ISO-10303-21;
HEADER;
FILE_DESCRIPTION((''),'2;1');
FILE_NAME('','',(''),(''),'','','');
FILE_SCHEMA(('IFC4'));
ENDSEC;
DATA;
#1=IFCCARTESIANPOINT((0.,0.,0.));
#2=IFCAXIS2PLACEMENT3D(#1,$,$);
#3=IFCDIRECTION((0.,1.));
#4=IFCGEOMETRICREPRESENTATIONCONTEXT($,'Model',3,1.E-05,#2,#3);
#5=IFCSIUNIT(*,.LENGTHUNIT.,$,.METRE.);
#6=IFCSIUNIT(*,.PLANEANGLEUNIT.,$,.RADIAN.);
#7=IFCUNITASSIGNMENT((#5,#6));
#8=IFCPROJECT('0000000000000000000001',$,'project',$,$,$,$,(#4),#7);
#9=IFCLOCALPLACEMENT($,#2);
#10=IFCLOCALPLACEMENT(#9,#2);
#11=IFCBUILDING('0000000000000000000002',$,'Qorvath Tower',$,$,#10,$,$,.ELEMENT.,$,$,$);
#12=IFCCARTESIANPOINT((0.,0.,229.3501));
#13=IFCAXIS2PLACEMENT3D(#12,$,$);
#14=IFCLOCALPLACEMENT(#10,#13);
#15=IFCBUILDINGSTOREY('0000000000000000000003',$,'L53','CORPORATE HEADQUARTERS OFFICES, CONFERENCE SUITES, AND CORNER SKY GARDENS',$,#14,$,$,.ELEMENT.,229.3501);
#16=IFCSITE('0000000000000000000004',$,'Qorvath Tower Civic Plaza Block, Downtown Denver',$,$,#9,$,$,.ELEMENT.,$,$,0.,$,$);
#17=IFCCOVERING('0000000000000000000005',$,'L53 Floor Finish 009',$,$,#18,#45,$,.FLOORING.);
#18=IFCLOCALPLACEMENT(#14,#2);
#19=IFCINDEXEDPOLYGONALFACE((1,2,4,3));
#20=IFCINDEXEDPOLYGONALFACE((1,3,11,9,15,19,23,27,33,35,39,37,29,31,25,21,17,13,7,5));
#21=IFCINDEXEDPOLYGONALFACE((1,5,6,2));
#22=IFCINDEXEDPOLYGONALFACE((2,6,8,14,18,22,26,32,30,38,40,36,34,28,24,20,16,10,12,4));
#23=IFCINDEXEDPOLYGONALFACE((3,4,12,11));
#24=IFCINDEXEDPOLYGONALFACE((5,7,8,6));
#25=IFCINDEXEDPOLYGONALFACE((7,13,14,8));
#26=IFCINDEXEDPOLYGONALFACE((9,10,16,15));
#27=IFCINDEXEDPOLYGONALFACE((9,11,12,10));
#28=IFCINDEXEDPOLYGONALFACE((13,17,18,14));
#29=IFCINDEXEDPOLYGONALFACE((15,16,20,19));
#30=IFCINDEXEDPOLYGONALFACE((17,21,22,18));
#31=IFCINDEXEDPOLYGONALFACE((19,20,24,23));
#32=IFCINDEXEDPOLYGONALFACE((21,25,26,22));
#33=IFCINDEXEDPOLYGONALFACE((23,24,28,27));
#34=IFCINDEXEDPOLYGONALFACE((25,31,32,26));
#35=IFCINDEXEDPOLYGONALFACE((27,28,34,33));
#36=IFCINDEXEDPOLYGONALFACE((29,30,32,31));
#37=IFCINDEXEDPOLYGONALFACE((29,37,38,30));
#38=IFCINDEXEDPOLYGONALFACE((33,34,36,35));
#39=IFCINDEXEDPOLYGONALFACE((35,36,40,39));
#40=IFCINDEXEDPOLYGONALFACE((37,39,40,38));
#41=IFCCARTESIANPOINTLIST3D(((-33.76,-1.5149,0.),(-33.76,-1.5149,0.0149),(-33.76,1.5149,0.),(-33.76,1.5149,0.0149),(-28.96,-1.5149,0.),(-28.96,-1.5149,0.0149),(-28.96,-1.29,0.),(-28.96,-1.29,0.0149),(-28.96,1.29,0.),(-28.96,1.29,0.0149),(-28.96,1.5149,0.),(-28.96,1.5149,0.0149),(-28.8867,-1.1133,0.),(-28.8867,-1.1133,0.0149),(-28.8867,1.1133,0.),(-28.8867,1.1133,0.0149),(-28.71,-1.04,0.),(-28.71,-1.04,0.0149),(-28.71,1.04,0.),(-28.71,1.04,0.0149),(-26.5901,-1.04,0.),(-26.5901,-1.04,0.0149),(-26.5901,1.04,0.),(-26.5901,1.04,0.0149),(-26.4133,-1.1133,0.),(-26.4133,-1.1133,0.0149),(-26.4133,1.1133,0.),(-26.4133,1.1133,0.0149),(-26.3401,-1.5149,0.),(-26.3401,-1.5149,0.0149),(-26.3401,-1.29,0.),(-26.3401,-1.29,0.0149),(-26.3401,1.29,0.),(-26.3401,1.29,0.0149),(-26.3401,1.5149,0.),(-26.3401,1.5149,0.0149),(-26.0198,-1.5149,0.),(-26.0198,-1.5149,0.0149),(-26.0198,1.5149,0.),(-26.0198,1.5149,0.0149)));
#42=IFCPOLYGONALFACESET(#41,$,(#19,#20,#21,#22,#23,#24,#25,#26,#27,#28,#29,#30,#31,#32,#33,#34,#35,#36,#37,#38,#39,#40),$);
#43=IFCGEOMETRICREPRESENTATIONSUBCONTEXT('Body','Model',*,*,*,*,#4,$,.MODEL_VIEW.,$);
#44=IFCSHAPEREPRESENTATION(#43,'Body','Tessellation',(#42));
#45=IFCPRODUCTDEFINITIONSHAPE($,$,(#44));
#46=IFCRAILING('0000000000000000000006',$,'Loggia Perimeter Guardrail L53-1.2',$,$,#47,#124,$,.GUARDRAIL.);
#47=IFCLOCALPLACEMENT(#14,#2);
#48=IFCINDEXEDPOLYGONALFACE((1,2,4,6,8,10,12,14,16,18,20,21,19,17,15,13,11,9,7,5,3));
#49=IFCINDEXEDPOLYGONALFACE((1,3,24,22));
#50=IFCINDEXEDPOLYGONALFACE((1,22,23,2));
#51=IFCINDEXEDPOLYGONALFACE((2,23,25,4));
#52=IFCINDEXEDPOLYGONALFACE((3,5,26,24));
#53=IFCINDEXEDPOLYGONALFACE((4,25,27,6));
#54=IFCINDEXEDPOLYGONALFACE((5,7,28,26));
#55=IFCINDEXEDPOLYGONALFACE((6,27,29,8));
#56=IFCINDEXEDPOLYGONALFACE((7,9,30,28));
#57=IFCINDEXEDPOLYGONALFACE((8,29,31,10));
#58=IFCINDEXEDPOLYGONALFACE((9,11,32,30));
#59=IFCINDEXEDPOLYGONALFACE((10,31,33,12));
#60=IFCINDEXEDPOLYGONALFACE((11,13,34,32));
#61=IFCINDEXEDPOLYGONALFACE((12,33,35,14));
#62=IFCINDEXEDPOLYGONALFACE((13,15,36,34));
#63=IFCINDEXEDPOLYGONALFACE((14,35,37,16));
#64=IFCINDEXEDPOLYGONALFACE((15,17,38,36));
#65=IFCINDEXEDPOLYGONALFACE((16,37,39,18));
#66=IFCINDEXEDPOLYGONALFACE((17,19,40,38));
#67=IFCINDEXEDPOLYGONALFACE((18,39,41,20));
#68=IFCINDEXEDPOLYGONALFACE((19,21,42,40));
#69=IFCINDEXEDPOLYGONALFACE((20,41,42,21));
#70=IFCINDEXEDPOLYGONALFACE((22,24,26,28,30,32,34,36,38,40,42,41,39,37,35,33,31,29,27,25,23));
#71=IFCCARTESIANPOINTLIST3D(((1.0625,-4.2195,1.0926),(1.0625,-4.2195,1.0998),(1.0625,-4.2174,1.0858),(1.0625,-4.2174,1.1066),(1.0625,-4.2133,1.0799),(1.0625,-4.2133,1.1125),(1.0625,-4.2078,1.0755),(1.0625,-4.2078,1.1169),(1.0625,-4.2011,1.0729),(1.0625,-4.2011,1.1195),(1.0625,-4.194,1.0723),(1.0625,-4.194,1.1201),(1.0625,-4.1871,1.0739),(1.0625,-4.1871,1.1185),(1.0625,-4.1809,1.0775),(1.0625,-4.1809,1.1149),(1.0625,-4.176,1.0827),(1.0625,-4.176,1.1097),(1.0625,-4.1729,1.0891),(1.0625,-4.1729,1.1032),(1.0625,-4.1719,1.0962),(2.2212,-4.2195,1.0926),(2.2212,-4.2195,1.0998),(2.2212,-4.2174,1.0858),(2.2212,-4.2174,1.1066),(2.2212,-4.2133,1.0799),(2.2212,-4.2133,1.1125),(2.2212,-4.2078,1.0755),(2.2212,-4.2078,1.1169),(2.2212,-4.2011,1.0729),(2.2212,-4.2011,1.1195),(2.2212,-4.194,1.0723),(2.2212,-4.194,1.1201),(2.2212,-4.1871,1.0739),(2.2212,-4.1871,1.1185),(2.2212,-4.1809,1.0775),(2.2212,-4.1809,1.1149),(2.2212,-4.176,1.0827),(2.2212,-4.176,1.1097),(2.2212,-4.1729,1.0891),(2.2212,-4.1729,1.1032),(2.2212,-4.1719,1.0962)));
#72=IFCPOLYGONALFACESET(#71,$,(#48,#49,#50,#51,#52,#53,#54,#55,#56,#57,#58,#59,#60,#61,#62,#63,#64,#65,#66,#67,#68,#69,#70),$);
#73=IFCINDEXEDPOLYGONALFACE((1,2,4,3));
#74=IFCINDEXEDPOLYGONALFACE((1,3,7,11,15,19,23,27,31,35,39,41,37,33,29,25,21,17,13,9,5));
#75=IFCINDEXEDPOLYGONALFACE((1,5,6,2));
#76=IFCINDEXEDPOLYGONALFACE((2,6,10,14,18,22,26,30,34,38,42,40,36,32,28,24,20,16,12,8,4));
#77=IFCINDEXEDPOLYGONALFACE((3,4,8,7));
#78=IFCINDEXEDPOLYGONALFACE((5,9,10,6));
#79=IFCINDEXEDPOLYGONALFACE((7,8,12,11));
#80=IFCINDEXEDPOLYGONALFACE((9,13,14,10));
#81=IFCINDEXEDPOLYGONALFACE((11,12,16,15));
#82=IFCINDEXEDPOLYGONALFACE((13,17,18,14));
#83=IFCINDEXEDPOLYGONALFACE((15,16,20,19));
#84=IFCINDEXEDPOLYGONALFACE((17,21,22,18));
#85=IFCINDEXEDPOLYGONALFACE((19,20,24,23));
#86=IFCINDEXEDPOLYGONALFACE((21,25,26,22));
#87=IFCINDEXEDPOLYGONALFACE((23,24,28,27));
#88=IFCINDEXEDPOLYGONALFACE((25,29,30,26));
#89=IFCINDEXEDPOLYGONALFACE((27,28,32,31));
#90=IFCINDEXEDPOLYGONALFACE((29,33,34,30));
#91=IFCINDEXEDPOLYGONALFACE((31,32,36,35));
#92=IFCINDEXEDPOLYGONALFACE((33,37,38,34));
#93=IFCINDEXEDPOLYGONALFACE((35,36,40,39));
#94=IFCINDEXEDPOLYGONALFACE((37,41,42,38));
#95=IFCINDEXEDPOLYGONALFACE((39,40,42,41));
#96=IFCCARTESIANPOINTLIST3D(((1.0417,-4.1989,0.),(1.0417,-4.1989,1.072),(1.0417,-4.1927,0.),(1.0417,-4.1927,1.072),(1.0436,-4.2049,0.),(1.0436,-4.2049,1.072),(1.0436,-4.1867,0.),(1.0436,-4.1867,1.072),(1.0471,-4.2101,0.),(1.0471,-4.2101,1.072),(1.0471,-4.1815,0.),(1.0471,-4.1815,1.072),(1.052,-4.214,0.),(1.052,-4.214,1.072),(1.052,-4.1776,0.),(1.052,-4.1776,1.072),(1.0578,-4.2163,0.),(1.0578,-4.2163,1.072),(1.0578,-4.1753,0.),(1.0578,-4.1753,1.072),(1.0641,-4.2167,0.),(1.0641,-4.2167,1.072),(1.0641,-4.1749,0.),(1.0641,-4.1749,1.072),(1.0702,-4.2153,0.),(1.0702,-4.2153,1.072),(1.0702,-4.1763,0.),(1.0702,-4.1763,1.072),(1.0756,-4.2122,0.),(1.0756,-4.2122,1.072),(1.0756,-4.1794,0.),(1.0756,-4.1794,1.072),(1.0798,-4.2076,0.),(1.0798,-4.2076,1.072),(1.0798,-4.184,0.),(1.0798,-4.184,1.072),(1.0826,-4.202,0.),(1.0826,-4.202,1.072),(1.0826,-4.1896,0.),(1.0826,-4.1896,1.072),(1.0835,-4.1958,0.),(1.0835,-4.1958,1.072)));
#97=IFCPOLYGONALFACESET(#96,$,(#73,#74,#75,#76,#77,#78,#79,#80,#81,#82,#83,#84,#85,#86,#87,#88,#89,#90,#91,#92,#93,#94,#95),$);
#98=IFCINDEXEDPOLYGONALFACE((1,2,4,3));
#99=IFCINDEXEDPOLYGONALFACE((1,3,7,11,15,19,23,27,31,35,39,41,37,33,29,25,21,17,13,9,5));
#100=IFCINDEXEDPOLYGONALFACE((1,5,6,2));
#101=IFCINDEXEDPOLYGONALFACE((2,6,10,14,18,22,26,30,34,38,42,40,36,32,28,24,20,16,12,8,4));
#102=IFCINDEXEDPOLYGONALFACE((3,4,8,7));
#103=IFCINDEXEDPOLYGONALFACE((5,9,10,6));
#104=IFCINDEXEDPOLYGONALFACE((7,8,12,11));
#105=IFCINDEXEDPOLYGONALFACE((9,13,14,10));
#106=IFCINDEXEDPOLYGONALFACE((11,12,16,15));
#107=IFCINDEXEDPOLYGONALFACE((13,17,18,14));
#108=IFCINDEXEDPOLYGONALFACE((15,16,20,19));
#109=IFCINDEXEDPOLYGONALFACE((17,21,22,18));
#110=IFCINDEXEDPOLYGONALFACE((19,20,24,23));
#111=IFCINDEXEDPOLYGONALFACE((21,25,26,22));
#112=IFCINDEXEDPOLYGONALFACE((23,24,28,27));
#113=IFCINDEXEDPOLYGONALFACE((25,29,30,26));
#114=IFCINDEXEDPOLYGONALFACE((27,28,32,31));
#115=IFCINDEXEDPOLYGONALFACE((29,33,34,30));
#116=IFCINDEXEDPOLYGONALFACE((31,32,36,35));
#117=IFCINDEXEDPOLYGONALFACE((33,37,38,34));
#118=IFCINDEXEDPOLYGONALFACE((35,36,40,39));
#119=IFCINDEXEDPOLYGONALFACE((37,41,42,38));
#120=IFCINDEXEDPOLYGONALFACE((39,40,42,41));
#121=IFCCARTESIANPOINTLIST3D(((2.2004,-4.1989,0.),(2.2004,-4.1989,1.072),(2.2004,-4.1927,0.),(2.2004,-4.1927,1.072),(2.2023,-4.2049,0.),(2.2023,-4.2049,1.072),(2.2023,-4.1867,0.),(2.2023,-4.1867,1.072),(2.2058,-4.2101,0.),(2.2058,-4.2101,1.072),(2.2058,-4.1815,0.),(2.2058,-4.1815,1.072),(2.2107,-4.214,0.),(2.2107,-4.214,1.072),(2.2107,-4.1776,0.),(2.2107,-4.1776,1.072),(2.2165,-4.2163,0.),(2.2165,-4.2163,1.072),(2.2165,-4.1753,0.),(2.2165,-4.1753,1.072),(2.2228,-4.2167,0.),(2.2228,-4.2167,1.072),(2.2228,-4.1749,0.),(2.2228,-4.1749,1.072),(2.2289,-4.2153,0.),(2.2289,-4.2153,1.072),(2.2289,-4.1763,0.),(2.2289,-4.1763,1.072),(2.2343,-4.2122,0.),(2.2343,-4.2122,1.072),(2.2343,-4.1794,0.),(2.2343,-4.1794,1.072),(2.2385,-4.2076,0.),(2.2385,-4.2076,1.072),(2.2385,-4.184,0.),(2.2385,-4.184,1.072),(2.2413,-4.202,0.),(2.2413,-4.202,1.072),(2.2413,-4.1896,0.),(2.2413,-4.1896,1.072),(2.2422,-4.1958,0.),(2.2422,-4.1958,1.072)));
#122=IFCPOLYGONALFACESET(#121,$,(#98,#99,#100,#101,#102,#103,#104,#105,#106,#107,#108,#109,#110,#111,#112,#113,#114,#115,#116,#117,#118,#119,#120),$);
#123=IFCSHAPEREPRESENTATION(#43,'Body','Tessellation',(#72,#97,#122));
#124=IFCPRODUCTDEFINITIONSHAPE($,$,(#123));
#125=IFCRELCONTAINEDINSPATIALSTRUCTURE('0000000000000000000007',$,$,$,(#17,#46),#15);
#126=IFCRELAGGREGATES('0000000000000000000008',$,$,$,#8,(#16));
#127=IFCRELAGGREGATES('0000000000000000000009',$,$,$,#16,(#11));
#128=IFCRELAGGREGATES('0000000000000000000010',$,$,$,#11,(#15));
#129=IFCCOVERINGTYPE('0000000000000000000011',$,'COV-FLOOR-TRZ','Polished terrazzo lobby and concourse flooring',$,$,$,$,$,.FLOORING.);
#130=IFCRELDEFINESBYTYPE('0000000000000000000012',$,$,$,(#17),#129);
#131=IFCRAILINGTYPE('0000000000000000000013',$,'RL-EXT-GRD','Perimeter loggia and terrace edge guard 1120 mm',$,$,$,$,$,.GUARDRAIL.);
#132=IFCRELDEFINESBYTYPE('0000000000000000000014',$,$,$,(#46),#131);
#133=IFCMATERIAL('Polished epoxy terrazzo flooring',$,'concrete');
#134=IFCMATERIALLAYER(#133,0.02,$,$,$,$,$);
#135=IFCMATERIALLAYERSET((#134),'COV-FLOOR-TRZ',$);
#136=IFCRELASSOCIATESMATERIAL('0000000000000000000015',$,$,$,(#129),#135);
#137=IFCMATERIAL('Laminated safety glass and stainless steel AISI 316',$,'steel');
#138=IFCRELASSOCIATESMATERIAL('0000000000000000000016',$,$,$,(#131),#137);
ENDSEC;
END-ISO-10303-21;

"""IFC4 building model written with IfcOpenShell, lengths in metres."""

from ifc_helpers import new_model, si_unit, direction, frame, origin, origin_2d, place, context, subcontext, project, spatial, polyline, circle, outline, extrude, material, layer, layer_set, type_object, element, save


model = new_model("IFC4")

# Units and contexts
model_context = context("Model", 3, precision=1e-05, world=origin(), true_north=direction((0.0, 1.0)))
body_context = subcontext(model_context, "Body", "Model", "MODEL_VIEW")
ifc_project = project(units=[si_unit("LENGTHUNIT", "METRE"), si_unit("PLANEANGLEUNIT", "RADIAN")], contexts=[model_context])

# Site, building, storey
site_placement = place(None, origin())
site = spatial("IfcSite", under=ifc_project, at=site_placement, Name="Qorvath Tower Civic Plaza Block, Downtown Denver", CompositionType="ELEMENT", RefElevation=0.0)
building_placement = place(site_placement, origin())
building = spatial("IfcBuilding", under=site, at=building_placement, Name="Qorvath Tower", CompositionType="ELEMENT")
storey_placement = place(building_placement, frame((0.0, 0.0, 229.3501)))
storey = spatial("IfcBuildingStorey", under=building, at=storey_placement, Name="L53", Description="CORPORATE HEADQUARTERS OFFICES, CONFERENCE SUITES, AND CORNER SKY GARDENS", CompositionType="ELEMENT", Elevation=229.3501)

# Covering
ifc_material_1 = material(Name="Polished epoxy terrazzo flooring", Category="concrete")
ifc_layer_1 = layer(ifc_material_1, 0.02)
ifc_layer_set_1 = layer_set([ifc_layer_1], Name="COV-FLOOR-TRZ")
covering_type_1 = type_object("IfcCoveringType", Name="COV-FLOOR-TRZ", Description="Polished terrazzo lobby and concourse flooring", PredefinedType="FLOORING", material=ifc_layer_set_1)
covering_1_placement = place(storey_placement, origin())
element("IfcCovering", 1, at=covering_1_placement, inside=storey, type_object=covering_type_1, Name="L53 Floor Finish 009", PredefinedType="FLOORING", context=body_context, shape_type="SweptSolid", body=[
    extrude(outline(polyline([(-26.0198, -1.5149), (-26.0198, 1.5149), (-26.3401, 1.5149), (-26.3401, 1.29), (-26.4133, 1.1133), (-26.5901, 1.04), (-28.71, 1.04), (-28.8867, 1.1133), (-28.96, 1.29), (-28.96, 1.5149), (-33.76, 1.5149), (-33.76, -1.5149), (-28.96, -1.5149), (-28.96, -1.29), (-28.8867, -1.1133), (-28.71, -1.04), (-26.5901, -1.04), (-26.4133, -1.1133), (-26.3401, -1.29), (-26.3401, -1.5149), (-26.0198, -1.5149)])), origin(), (0.0, 0.0, 1.0), 0.0149),
])

# Railing
ifc_material_2 = material(Name="Laminated safety glass and stainless steel AISI 316", Category="steel")
railing_type = type_object("IfcRailingType", Name="RL-EXT-GRD", Description="Perimeter loggia and terrace edge guard 1120 mm", PredefinedType="GUARDRAIL", material=ifc_material_2)
railing_1_placement = place(storey_placement, frame((1.0625, -4.1958, 0.0)))
element("IfcRailing", 2, at=railing_1_placement, inside=storey, type_object=railing_type, Name="Loggia Perimeter Guardrail L53-1.2", PredefinedType="GUARDRAIL", context=body_context, shape_type="SweptSolid", body=[
    extrude(circle(Radius=0.0239, at=origin_2d()), frame((0.0, 0.0, 1.0962), z_axis=(1.0, 0.0, 0.0), x_axis=(0.0, 1.0, 0.0)), (0.0, 0.0, 1.0), 1.1587),
    extrude(circle(Radius=0.021, at=origin_2d()), origin(), (0.0, 0.0, 1.0), 1.072),
    extrude(circle(Radius=0.021, at=origin_2d()), frame((1.1587, 0.0, 0.0)), (0.0, 0.0, 1.0), 1.072),
])

save(model, "model.ifc")
